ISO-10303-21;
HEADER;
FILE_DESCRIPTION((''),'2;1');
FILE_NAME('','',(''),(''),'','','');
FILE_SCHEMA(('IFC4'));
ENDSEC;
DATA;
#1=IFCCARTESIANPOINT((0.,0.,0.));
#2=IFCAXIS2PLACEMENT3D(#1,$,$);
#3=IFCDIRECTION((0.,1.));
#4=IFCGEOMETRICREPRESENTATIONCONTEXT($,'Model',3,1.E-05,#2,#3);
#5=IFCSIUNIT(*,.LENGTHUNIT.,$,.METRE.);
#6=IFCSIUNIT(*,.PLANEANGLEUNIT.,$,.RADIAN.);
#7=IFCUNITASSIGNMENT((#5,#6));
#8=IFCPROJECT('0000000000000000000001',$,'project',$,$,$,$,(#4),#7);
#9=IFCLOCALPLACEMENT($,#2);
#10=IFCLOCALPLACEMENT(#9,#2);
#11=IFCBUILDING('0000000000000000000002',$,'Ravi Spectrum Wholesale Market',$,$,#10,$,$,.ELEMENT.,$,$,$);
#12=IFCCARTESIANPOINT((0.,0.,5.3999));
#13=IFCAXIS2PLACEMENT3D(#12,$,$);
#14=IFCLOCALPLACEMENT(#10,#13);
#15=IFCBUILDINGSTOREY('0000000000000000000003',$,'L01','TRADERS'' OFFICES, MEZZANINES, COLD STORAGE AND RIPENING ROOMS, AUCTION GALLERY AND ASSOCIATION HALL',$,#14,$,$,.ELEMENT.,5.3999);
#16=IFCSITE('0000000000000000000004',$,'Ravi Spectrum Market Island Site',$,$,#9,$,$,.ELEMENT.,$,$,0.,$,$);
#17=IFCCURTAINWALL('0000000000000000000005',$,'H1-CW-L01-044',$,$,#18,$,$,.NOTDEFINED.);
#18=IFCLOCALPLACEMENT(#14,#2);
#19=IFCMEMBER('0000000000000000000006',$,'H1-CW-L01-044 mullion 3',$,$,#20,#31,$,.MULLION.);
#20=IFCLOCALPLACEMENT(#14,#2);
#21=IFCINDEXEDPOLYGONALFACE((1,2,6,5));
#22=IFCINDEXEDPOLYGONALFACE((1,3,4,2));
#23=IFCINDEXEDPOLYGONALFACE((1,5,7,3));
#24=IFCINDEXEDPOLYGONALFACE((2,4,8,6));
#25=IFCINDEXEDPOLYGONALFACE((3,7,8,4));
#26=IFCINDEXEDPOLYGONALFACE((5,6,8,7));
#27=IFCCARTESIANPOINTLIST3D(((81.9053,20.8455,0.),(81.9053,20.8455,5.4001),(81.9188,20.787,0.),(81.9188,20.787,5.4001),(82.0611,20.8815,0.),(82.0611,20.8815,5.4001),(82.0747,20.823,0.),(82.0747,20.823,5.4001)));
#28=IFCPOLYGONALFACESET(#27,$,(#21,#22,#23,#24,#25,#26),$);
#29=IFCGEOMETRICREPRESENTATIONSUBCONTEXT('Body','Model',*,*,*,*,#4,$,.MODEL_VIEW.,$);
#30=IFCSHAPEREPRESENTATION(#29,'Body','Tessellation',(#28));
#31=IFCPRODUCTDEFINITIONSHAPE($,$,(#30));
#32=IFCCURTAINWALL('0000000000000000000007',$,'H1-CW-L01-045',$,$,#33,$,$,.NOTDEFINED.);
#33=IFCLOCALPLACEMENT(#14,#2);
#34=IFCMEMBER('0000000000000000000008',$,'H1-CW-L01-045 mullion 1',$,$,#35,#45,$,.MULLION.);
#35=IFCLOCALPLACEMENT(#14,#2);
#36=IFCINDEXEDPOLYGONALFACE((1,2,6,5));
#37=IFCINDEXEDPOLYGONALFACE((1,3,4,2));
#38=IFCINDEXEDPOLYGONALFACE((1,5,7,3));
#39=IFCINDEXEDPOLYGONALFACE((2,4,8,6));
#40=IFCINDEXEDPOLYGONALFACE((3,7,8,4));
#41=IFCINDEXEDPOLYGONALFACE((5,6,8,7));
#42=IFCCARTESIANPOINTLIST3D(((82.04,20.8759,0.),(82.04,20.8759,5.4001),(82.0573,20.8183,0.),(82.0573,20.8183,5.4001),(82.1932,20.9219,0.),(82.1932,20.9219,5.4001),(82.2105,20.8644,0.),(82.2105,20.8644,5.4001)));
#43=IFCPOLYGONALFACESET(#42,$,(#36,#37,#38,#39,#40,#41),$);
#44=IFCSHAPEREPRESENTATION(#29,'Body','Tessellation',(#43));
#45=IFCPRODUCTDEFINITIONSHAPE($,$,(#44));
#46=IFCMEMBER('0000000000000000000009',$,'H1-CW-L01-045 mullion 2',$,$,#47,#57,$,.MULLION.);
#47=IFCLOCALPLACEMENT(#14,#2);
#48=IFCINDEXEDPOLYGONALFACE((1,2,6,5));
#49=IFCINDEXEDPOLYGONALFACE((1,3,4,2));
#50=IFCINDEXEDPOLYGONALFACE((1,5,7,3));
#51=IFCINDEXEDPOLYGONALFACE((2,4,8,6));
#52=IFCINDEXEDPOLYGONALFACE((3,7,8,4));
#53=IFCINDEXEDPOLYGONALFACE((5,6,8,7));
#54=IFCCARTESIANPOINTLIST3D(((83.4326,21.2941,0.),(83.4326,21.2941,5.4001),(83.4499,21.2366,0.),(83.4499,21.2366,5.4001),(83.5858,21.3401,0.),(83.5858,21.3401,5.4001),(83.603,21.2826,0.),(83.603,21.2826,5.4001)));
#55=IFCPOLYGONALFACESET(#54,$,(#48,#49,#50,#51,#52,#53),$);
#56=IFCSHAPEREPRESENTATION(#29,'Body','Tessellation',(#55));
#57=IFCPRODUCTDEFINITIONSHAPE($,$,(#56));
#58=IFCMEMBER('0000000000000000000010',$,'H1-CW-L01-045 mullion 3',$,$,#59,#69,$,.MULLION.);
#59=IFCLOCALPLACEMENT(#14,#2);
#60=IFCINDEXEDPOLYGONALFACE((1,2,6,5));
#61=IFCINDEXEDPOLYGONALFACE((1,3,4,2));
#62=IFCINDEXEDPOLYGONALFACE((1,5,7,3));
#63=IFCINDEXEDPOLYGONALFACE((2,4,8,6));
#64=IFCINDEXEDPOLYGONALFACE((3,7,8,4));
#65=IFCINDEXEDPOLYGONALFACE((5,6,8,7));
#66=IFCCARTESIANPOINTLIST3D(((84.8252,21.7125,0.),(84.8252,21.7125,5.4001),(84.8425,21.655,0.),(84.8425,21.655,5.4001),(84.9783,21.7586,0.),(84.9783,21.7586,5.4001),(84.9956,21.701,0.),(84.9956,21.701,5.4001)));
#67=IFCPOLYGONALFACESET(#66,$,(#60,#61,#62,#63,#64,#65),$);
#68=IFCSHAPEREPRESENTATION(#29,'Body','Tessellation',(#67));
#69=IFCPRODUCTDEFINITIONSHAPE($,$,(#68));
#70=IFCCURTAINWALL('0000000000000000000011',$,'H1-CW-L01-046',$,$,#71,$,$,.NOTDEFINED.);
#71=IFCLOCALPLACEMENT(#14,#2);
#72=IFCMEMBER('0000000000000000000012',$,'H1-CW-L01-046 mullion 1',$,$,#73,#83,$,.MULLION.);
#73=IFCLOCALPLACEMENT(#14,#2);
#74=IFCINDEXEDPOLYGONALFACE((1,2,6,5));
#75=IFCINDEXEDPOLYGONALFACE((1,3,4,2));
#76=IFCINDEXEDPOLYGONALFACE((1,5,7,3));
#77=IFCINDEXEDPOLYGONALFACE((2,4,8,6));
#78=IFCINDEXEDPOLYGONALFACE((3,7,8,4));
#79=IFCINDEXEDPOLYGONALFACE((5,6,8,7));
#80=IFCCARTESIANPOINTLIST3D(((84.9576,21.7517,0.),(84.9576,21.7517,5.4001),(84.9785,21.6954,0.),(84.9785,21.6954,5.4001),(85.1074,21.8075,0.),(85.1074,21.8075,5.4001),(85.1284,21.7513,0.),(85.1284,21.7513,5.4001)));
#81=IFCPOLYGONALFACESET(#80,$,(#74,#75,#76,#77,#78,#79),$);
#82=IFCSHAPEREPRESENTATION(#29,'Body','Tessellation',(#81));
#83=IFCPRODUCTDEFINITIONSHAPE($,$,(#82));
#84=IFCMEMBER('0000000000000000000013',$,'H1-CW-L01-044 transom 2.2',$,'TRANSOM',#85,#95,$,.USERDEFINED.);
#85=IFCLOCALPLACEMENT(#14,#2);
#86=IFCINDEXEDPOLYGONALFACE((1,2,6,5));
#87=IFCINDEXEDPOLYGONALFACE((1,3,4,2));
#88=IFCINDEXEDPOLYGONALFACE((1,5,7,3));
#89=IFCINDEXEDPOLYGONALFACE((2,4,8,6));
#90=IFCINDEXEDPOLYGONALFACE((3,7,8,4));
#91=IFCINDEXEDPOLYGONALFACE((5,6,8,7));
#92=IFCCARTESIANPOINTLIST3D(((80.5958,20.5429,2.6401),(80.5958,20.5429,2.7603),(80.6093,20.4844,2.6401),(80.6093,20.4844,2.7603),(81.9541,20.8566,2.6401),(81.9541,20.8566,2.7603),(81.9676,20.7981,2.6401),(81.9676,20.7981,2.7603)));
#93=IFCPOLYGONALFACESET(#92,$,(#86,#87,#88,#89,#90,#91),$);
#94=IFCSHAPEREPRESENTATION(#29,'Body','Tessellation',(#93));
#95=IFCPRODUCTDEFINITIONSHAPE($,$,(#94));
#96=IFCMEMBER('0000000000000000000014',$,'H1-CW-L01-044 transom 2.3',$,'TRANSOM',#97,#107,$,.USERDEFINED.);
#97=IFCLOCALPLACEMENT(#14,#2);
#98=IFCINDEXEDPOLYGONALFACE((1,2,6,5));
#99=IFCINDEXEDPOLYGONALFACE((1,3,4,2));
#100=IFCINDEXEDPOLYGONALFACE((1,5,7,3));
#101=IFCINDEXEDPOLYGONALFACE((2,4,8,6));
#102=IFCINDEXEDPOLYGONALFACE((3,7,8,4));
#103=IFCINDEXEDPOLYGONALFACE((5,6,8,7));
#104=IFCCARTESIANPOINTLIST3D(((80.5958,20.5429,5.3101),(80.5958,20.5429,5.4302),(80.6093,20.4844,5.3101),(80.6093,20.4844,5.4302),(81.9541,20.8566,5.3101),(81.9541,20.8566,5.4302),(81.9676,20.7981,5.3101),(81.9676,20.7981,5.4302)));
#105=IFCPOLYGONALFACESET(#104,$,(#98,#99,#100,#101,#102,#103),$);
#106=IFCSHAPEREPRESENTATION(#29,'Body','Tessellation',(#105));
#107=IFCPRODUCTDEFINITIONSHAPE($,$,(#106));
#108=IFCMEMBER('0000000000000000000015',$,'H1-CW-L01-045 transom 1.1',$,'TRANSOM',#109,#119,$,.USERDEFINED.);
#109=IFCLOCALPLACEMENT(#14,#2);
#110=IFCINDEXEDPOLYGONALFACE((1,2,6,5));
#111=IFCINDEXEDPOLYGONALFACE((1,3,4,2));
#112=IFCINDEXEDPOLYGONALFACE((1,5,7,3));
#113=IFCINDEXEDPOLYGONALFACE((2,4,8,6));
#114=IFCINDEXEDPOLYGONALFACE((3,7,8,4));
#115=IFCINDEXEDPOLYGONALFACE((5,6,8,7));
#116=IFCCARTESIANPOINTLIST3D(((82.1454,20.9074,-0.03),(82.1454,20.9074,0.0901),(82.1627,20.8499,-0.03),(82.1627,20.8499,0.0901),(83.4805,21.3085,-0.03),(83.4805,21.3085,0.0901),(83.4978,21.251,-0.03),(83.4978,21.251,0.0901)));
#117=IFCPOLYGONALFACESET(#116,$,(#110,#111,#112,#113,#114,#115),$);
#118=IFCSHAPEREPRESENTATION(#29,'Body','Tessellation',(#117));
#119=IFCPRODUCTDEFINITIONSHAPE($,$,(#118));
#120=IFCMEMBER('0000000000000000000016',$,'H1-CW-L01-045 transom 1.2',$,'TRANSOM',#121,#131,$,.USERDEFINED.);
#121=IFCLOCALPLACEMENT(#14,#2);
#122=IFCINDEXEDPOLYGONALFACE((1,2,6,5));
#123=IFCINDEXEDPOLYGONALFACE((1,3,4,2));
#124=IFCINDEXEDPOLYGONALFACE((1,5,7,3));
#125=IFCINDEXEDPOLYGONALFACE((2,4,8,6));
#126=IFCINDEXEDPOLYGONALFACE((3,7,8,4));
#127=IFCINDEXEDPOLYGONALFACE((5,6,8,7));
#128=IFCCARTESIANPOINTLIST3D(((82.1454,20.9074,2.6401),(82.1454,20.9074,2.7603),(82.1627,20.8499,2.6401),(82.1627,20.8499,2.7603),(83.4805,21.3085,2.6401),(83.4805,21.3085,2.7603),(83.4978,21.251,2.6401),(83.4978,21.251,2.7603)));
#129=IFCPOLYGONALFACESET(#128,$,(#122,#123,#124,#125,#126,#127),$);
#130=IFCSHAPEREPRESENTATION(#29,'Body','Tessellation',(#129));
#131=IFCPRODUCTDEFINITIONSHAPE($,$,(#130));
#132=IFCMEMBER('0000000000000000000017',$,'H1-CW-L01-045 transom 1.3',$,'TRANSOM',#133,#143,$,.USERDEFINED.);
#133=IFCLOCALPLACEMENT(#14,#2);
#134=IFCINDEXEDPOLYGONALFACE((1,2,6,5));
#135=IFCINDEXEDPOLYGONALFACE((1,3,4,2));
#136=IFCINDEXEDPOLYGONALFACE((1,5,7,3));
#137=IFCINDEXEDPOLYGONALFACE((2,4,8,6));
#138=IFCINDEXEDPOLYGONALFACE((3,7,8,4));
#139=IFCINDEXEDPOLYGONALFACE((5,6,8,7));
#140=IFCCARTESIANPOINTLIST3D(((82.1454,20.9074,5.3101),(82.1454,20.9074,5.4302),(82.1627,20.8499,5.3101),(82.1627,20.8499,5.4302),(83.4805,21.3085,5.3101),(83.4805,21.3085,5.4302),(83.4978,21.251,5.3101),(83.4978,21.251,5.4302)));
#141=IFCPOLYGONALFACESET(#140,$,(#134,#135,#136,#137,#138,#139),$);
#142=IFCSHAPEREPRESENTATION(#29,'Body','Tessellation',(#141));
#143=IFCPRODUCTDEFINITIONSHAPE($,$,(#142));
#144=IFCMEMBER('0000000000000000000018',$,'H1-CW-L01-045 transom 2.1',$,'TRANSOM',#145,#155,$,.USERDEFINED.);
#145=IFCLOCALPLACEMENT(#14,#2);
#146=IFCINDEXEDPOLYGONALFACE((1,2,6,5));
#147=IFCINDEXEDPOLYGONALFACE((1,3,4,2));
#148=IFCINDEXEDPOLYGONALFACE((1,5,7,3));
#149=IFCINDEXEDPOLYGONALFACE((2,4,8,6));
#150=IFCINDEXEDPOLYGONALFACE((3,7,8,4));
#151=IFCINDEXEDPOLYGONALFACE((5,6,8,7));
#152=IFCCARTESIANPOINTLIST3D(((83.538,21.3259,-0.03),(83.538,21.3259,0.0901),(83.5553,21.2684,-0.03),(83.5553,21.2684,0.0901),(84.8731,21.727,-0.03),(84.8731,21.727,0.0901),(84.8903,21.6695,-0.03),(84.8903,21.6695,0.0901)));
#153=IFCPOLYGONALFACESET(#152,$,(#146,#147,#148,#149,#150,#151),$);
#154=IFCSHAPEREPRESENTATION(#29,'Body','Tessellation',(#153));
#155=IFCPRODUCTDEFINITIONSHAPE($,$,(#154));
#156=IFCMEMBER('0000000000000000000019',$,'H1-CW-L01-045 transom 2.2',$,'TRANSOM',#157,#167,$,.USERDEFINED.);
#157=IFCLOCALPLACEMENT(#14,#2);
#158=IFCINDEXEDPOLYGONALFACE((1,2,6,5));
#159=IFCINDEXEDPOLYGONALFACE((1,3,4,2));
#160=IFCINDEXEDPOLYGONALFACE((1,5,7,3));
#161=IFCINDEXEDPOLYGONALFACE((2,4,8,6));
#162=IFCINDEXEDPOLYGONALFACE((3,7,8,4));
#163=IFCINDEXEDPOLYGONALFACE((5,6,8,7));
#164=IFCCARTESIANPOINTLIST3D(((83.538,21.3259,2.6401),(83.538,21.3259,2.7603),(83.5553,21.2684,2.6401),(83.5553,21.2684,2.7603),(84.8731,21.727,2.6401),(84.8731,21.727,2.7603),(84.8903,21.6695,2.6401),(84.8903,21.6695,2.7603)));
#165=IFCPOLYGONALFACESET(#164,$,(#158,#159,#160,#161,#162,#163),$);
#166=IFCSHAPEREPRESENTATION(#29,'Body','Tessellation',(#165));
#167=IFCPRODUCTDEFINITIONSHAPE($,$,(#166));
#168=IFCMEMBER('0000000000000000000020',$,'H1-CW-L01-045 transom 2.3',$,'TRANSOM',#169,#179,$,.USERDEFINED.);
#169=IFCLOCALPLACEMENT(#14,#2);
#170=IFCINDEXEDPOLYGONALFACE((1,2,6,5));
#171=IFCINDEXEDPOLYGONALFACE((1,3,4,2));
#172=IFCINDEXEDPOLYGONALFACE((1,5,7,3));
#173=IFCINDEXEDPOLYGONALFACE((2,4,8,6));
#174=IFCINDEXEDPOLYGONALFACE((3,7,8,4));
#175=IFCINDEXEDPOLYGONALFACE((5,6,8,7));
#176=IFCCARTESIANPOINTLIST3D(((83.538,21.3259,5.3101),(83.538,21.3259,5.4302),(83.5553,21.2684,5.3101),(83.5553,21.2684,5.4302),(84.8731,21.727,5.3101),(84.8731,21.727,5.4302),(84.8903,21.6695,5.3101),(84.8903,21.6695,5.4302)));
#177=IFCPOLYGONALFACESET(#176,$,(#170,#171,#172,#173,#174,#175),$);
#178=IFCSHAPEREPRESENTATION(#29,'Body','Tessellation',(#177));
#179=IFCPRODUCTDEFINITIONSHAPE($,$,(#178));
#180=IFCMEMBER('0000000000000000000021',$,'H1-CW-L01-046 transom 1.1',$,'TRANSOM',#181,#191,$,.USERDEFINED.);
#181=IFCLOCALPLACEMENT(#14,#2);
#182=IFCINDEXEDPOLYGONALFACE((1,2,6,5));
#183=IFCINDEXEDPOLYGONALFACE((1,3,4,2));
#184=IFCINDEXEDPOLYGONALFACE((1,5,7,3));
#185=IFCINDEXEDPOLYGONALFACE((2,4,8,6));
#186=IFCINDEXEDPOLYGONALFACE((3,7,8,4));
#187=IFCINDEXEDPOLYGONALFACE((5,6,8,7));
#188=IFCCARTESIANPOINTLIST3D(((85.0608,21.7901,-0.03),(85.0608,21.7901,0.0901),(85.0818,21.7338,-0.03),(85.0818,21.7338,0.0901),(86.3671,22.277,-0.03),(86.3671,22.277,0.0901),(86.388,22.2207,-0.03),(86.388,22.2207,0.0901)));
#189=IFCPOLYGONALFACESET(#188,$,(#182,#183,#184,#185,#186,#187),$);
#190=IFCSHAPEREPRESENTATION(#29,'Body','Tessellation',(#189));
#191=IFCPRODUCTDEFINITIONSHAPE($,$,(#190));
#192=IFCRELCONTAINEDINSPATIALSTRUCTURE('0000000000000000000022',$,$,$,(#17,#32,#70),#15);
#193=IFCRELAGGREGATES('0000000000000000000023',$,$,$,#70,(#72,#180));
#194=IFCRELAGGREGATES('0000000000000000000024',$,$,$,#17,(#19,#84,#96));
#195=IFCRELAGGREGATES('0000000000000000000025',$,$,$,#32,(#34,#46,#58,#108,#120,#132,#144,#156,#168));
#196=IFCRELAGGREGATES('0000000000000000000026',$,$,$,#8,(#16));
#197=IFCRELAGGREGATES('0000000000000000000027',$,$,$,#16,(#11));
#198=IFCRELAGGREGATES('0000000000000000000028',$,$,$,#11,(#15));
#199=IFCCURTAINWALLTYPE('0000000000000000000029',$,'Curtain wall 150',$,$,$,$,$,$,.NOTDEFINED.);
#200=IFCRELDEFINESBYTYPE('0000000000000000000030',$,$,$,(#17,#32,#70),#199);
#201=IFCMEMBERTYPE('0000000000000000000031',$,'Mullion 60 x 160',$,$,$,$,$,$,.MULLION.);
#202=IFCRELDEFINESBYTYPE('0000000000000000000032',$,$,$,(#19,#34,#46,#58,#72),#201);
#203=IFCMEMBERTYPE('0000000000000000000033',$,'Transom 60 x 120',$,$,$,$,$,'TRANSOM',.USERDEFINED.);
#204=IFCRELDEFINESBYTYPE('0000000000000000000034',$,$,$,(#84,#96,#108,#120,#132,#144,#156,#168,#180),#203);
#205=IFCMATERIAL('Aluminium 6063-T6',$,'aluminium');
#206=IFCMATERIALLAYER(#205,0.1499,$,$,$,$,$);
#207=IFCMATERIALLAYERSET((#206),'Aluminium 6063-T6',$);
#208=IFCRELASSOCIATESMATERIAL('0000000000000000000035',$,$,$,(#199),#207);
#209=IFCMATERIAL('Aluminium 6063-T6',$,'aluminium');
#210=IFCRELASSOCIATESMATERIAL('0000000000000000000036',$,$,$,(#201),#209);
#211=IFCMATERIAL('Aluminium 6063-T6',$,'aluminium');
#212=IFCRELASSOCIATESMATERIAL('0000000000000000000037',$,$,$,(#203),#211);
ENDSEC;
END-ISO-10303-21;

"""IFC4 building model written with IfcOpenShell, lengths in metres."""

from ifc_helpers import new_model, si_unit, direction, frame, origin, origin_2d, place, context, subcontext, project, spatial, rectangle, extrude, material, layer, layer_set, material_profile, profile_set, type_object, element, aggregate, save


model = new_model("IFC4")

# Units and contexts
model_context = context("Model", 3, precision=1e-05, world=origin(), true_north=direction((0.0, 1.0)))
body_context = subcontext(model_context, "Body", "Model", "MODEL_VIEW")
ifc_project = project(units=[si_unit("LENGTHUNIT", "METRE"), si_unit("PLANEANGLEUNIT", "RADIAN")], contexts=[model_context])

# Site, building, storey
site_placement = place(None, origin())
site = spatial("IfcSite", under=ifc_project, at=site_placement, Name="Ravi Spectrum Market Island Site", CompositionType="ELEMENT", RefElevation=0.0)
building_placement = place(site_placement, origin())
building = spatial("IfcBuilding", under=site, at=building_placement, Name="Ravi Spectrum Wholesale Market", CompositionType="ELEMENT")
storey_placement = place(building_placement, frame((0.0, 0.0, 5.3999)))
storey = spatial("IfcBuildingStorey", under=building, at=storey_placement, Name="L01", Description="TRADERS' OFFICES, MEZZANINES, COLD STORAGE AND RIPENING ROOMS, AUCTION GALLERY AND ASSOCIATION HALL", CompositionType="ELEMENT", Elevation=5.3999)

# Curtain wall, member
ifc_material_1 = material(Name="Aluminium 6063-T6", Category="aluminium")
ifc_layer_1 = layer(ifc_material_1, 0.1499)
ifc_layer_set_1 = layer_set([ifc_layer_1], Name="Aluminium 6063-T6")
curtain_wall_type = type_object("IfcCurtainWallType", Name="Curtain wall 150", PredefinedType="NOTDEFINED", material=ifc_layer_set_1)
curtain_wall_1_placement = place(storey_placement, origin())
curtain_wall_1 = element("IfcCurtainWall", 1, at=curtain_wall_1_placement, inside=storey, type_object=curtain_wall_type, Name="H1-CW-L01-044", PredefinedType="NOTDEFINED")
ifc_material_2 = material(Name="Aluminium 6063-T6", Category="aluminium")
ifc_material_profile_1 = material_profile(ifc_material_2, rectangle(XDim=0.0601, YDim=0.1599, at=origin_2d()))
ifc_profile_set_1 = profile_set([ifc_material_profile_1], Name="Aluminium 6063-T6")
member_type_1 = type_object("IfcMemberType", Name="Mullion 60 x 160", PredefinedType="MULLION", material=ifc_profile_set_1)
member_1_placement = place(storey_placement, frame((81.99, 20.8342, 0.0), z_axis=(0.0, 0.0, 1.0), x_axis=(-0.225083, 0.97434, 0.0)))
member_1 = element("IfcMember", 2, at=member_1_placement, type_object=member_type_1, Name="H1-CW-L01-044 mullion 3", PredefinedType="MULLION", context=body_context, shape_type="SweptSolid", body=[
    extrude(rectangle(XDim=0.0601, YDim=0.1599, at=origin_2d()), origin(), (0.0, 0.0, 1.0), 5.4001),
])

# Curtain wall, members
curtain_wall_2_placement = place(storey_placement, origin())
curtain_wall_2 = element("IfcCurtainWall", 3, at=curtain_wall_2_placement, inside=storey, type_object=curtain_wall_type, Name="H1-CW-L01-045", PredefinedType="NOTDEFINED")
member_2_placement = place(storey_placement, frame((82.1252, 20.8701, 0.0), z_axis=(0.0, 0.0, 1.0), x_axis=(-0.287766, 0.957701, 0.0)))
member_2 = element("IfcMember", 4, at=member_2_placement, type_object=member_type_1, Name="H1-CW-L01-045 mullion 1", PredefinedType="MULLION", context=body_context, shape_type="SweptSolid", body=[
    extrude(rectangle(XDim=0.0601, YDim=0.1599, at=origin_2d()), origin(), (0.0, 0.0, 1.0), 5.4001),
])
member_3_placement = place(storey_placement, frame((83.5178, 21.2883, 0.0), z_axis=(0.0, 0.0, 1.0), x_axis=(-0.287766, 0.957701, 0.0)))
member_3 = element("IfcMember", 5, at=member_3_placement, type_object=member_type_1, Name="H1-CW-L01-045 mullion 2", PredefinedType="MULLION", context=body_context, shape_type="SweptSolid", body=[
    extrude(rectangle(XDim=0.0601, YDim=0.1599, at=origin_2d()), origin(), (0.0, 0.0, 1.0), 5.4001),
])
member_4_placement = place(storey_placement, frame((84.9104, 21.7068, 0.0), z_axis=(0.0, 0.0, 1.0), x_axis=(-0.287766, 0.957701, 0.0)))
member_4 = element("IfcMember", 6, at=member_4_placement, type_object=member_type_1, Name="H1-CW-L01-045 mullion 3", PredefinedType="MULLION", context=body_context, shape_type="SweptSolid", body=[
    extrude(rectangle(XDim=0.0601, YDim=0.1599, at=origin_2d()), origin(), (0.0, 0.0, 1.0), 5.4001),
])

# Curtain wall, member
curtain_wall_3_placement = place(storey_placement, origin())
curtain_wall_3 = element("IfcCurtainWall", 7, at=curtain_wall_3_placement, inside=storey, type_object=curtain_wall_type, Name="H1-CW-L01-046", PredefinedType="NOTDEFINED")
member_5_placement = place(storey_placement, frame((85.043, 21.7515, 0.0), z_axis=(0.0, 0.0, 1.0), x_axis=(-0.349238, 0.937034, 0.0)))
member_5 = element("IfcMember", 8, at=member_5_placement, type_object=member_type_1, Name="H1-CW-L01-046 mullion 1", PredefinedType="MULLION", context=body_context, shape_type="SweptSolid", body=[
    extrude(rectangle(XDim=0.0601, YDim=0.1599, at=origin_2d()), origin(), (0.0, 0.0, 1.0), 5.4001),
])

# Members
ifc_material_3 = material(Name="Aluminium 6063-T6", Category="aluminium")
ifc_material_profile_2 = material_profile(ifc_material_3, rectangle(XDim=0.0601, YDim=0.1201, at=origin_2d()))
ifc_profile_set_2 = profile_set([ifc_material_profile_2], Name="Aluminium 6063-T6")
member_type_2 = type_object("IfcMemberType", Name="Transom 60 x 120", ElementType="TRANSOM", PredefinedType="USERDEFINED", material=ifc_profile_set_2)
member_6_placement = place(storey_placement, frame((80.6025, 20.5137, 2.7002), z_axis=(0.974353, 0.225026, 0.0), x_axis=(-0.225026, 0.974353, 0.0)))
member_6 = element("IfcMember", 9, at=member_6_placement, type_object=member_type_2, Name="H1-CW-L01-044 transom 2.2", ObjectType="TRANSOM", PredefinedType="USERDEFINED", context=body_context, shape_type="SweptSolid", body=[
    extrude(rectangle(XDim=0.0601, YDim=0.1201, at=origin_2d()), origin(), (0.0, 0.0, 1.0), 1.394),
])
member_7_placement = place(storey_placement, frame((80.6025, 20.5137, 5.3701), z_axis=(0.974353, 0.225026, 0.0), x_axis=(-0.225026, 0.974353, 0.0)))
member_7 = element("IfcMember", 10, at=member_7_placement, type_object=member_type_2, Name="H1-CW-L01-044 transom 2.3", ObjectType="TRANSOM", PredefinedType="USERDEFINED", context=body_context, shape_type="SweptSolid", body=[
    extrude(rectangle(XDim=0.0601, YDim=0.1201, at=origin_2d()), origin(), (0.0, 0.0, 1.0), 1.394),
])
member_8_placement = place(storey_placement, frame((82.1541, 20.8787, 0.03), z_axis=(0.957715, 0.287717, 0.0), x_axis=(-0.287717, 0.957715, 0.0)))
member_8 = element("IfcMember", 11, at=member_8_placement, type_object=member_type_2, Name="H1-CW-L01-045 transom 1.1", ObjectType="TRANSOM", PredefinedType="USERDEFINED", context=body_context, shape_type="SweptSolid", body=[
    extrude(rectangle(XDim=0.0601, YDim=0.1201, at=origin_2d()), origin(), (0.0, 0.0, 1.0), 1.394),
])
member_9_placement = place(storey_placement, frame((82.1541, 20.8787, 2.7002), z_axis=(0.957715, 0.287717, 0.0), x_axis=(-0.287717, 0.957715, 0.0)))
member_9 = element("IfcMember", 12, at=member_9_placement, type_object=member_type_2, Name="H1-CW-L01-045 transom 1.2", ObjectType="TRANSOM", PredefinedType="USERDEFINED", context=body_context, shape_type="SweptSolid", body=[
    extrude(rectangle(XDim=0.0601, YDim=0.1201, at=origin_2d()), origin(), (0.0, 0.0, 1.0), 1.394),
])
member_10_placement = place(storey_placement, frame((82.1541, 20.8787, 5.3701), z_axis=(0.957715, 0.287717, 0.0), x_axis=(-0.287717, 0.957715, 0.0)))
member_10 = element("IfcMember", 13, at=member_10_placement, type_object=member_type_2, Name="H1-CW-L01-045 transom 1.3", ObjectType="TRANSOM", PredefinedType="USERDEFINED", context=body_context, shape_type="SweptSolid", body=[
    extrude(rectangle(XDim=0.0601, YDim=0.1201, at=origin_2d()), origin(), (0.0, 0.0, 1.0), 1.394),
])
member_11_placement = place(storey_placement, frame((83.5466, 21.2971, 0.03), z_axis=(0.957701, 0.287766, 0.0), x_axis=(-0.287766, 0.957701, 0.0)))
member_11 = element("IfcMember", 14, at=member_11_placement, type_object=member_type_2, Name="H1-CW-L01-045 transom 2.1", ObjectType="TRANSOM", PredefinedType="USERDEFINED", context=body_context, shape_type="SweptSolid", body=[
    extrude(rectangle(XDim=0.0601, YDim=0.1201, at=origin_2d()), origin(), (0.0, 0.0, 1.0), 1.394),
])
member_12_placement = place(storey_placement, frame((83.5466, 21.2971, 2.7002), z_axis=(0.957701, 0.287766, 0.0), x_axis=(-0.287766, 0.957701, 0.0)))
member_12 = element("IfcMember", 15, at=member_12_placement, type_object=member_type_2, Name="H1-CW-L01-045 transom 2.2", ObjectType="TRANSOM", PredefinedType="USERDEFINED", context=body_context, shape_type="SweptSolid", body=[
    extrude(rectangle(XDim=0.0601, YDim=0.1201, at=origin_2d()), origin(), (0.0, 0.0, 1.0), 1.394),
])
member_13_placement = place(storey_placement, frame((83.5466, 21.2971, 5.3701), z_axis=(0.957701, 0.287766, 0.0), x_axis=(-0.287766, 0.957701, 0.0)))
member_13 = element("IfcMember", 16, at=member_13_placement, type_object=member_type_2, Name="H1-CW-L01-045 transom 2.3", ObjectType="TRANSOM", PredefinedType="USERDEFINED", context=body_context, shape_type="SweptSolid", body=[
    extrude(rectangle(XDim=0.0601, YDim=0.1201, at=origin_2d()), origin(), (0.0, 0.0, 1.0), 1.394),
])
member_14_placement = place(storey_placement, frame((85.0713, 21.762, 0.03), z_axis=(0.937033, 0.349242, 0.0), x_axis=(-0.349242, 0.937033, 0.0)))
member_14 = element("IfcMember", 17, at=member_14_placement, type_object=member_type_2, Name="H1-CW-L01-046 transom 1.1", ObjectType="TRANSOM", PredefinedType="USERDEFINED", context=body_context, shape_type="SweptSolid", body=[
    extrude(rectangle(XDim=0.0601, YDim=0.1201, at=origin_2d()), origin(), (0.0, 0.0, 1.0), 1.394),
])
aggregate(curtain_wall_3, [member_5, member_14])

aggregate(curtain_wall_1, [member_1, member_6, member_7])
aggregate(curtain_wall_2, [member_2, member_3, member_4, member_8, member_9, member_10, member_11, member_12, member_13])

save(model, "model.ifc")
